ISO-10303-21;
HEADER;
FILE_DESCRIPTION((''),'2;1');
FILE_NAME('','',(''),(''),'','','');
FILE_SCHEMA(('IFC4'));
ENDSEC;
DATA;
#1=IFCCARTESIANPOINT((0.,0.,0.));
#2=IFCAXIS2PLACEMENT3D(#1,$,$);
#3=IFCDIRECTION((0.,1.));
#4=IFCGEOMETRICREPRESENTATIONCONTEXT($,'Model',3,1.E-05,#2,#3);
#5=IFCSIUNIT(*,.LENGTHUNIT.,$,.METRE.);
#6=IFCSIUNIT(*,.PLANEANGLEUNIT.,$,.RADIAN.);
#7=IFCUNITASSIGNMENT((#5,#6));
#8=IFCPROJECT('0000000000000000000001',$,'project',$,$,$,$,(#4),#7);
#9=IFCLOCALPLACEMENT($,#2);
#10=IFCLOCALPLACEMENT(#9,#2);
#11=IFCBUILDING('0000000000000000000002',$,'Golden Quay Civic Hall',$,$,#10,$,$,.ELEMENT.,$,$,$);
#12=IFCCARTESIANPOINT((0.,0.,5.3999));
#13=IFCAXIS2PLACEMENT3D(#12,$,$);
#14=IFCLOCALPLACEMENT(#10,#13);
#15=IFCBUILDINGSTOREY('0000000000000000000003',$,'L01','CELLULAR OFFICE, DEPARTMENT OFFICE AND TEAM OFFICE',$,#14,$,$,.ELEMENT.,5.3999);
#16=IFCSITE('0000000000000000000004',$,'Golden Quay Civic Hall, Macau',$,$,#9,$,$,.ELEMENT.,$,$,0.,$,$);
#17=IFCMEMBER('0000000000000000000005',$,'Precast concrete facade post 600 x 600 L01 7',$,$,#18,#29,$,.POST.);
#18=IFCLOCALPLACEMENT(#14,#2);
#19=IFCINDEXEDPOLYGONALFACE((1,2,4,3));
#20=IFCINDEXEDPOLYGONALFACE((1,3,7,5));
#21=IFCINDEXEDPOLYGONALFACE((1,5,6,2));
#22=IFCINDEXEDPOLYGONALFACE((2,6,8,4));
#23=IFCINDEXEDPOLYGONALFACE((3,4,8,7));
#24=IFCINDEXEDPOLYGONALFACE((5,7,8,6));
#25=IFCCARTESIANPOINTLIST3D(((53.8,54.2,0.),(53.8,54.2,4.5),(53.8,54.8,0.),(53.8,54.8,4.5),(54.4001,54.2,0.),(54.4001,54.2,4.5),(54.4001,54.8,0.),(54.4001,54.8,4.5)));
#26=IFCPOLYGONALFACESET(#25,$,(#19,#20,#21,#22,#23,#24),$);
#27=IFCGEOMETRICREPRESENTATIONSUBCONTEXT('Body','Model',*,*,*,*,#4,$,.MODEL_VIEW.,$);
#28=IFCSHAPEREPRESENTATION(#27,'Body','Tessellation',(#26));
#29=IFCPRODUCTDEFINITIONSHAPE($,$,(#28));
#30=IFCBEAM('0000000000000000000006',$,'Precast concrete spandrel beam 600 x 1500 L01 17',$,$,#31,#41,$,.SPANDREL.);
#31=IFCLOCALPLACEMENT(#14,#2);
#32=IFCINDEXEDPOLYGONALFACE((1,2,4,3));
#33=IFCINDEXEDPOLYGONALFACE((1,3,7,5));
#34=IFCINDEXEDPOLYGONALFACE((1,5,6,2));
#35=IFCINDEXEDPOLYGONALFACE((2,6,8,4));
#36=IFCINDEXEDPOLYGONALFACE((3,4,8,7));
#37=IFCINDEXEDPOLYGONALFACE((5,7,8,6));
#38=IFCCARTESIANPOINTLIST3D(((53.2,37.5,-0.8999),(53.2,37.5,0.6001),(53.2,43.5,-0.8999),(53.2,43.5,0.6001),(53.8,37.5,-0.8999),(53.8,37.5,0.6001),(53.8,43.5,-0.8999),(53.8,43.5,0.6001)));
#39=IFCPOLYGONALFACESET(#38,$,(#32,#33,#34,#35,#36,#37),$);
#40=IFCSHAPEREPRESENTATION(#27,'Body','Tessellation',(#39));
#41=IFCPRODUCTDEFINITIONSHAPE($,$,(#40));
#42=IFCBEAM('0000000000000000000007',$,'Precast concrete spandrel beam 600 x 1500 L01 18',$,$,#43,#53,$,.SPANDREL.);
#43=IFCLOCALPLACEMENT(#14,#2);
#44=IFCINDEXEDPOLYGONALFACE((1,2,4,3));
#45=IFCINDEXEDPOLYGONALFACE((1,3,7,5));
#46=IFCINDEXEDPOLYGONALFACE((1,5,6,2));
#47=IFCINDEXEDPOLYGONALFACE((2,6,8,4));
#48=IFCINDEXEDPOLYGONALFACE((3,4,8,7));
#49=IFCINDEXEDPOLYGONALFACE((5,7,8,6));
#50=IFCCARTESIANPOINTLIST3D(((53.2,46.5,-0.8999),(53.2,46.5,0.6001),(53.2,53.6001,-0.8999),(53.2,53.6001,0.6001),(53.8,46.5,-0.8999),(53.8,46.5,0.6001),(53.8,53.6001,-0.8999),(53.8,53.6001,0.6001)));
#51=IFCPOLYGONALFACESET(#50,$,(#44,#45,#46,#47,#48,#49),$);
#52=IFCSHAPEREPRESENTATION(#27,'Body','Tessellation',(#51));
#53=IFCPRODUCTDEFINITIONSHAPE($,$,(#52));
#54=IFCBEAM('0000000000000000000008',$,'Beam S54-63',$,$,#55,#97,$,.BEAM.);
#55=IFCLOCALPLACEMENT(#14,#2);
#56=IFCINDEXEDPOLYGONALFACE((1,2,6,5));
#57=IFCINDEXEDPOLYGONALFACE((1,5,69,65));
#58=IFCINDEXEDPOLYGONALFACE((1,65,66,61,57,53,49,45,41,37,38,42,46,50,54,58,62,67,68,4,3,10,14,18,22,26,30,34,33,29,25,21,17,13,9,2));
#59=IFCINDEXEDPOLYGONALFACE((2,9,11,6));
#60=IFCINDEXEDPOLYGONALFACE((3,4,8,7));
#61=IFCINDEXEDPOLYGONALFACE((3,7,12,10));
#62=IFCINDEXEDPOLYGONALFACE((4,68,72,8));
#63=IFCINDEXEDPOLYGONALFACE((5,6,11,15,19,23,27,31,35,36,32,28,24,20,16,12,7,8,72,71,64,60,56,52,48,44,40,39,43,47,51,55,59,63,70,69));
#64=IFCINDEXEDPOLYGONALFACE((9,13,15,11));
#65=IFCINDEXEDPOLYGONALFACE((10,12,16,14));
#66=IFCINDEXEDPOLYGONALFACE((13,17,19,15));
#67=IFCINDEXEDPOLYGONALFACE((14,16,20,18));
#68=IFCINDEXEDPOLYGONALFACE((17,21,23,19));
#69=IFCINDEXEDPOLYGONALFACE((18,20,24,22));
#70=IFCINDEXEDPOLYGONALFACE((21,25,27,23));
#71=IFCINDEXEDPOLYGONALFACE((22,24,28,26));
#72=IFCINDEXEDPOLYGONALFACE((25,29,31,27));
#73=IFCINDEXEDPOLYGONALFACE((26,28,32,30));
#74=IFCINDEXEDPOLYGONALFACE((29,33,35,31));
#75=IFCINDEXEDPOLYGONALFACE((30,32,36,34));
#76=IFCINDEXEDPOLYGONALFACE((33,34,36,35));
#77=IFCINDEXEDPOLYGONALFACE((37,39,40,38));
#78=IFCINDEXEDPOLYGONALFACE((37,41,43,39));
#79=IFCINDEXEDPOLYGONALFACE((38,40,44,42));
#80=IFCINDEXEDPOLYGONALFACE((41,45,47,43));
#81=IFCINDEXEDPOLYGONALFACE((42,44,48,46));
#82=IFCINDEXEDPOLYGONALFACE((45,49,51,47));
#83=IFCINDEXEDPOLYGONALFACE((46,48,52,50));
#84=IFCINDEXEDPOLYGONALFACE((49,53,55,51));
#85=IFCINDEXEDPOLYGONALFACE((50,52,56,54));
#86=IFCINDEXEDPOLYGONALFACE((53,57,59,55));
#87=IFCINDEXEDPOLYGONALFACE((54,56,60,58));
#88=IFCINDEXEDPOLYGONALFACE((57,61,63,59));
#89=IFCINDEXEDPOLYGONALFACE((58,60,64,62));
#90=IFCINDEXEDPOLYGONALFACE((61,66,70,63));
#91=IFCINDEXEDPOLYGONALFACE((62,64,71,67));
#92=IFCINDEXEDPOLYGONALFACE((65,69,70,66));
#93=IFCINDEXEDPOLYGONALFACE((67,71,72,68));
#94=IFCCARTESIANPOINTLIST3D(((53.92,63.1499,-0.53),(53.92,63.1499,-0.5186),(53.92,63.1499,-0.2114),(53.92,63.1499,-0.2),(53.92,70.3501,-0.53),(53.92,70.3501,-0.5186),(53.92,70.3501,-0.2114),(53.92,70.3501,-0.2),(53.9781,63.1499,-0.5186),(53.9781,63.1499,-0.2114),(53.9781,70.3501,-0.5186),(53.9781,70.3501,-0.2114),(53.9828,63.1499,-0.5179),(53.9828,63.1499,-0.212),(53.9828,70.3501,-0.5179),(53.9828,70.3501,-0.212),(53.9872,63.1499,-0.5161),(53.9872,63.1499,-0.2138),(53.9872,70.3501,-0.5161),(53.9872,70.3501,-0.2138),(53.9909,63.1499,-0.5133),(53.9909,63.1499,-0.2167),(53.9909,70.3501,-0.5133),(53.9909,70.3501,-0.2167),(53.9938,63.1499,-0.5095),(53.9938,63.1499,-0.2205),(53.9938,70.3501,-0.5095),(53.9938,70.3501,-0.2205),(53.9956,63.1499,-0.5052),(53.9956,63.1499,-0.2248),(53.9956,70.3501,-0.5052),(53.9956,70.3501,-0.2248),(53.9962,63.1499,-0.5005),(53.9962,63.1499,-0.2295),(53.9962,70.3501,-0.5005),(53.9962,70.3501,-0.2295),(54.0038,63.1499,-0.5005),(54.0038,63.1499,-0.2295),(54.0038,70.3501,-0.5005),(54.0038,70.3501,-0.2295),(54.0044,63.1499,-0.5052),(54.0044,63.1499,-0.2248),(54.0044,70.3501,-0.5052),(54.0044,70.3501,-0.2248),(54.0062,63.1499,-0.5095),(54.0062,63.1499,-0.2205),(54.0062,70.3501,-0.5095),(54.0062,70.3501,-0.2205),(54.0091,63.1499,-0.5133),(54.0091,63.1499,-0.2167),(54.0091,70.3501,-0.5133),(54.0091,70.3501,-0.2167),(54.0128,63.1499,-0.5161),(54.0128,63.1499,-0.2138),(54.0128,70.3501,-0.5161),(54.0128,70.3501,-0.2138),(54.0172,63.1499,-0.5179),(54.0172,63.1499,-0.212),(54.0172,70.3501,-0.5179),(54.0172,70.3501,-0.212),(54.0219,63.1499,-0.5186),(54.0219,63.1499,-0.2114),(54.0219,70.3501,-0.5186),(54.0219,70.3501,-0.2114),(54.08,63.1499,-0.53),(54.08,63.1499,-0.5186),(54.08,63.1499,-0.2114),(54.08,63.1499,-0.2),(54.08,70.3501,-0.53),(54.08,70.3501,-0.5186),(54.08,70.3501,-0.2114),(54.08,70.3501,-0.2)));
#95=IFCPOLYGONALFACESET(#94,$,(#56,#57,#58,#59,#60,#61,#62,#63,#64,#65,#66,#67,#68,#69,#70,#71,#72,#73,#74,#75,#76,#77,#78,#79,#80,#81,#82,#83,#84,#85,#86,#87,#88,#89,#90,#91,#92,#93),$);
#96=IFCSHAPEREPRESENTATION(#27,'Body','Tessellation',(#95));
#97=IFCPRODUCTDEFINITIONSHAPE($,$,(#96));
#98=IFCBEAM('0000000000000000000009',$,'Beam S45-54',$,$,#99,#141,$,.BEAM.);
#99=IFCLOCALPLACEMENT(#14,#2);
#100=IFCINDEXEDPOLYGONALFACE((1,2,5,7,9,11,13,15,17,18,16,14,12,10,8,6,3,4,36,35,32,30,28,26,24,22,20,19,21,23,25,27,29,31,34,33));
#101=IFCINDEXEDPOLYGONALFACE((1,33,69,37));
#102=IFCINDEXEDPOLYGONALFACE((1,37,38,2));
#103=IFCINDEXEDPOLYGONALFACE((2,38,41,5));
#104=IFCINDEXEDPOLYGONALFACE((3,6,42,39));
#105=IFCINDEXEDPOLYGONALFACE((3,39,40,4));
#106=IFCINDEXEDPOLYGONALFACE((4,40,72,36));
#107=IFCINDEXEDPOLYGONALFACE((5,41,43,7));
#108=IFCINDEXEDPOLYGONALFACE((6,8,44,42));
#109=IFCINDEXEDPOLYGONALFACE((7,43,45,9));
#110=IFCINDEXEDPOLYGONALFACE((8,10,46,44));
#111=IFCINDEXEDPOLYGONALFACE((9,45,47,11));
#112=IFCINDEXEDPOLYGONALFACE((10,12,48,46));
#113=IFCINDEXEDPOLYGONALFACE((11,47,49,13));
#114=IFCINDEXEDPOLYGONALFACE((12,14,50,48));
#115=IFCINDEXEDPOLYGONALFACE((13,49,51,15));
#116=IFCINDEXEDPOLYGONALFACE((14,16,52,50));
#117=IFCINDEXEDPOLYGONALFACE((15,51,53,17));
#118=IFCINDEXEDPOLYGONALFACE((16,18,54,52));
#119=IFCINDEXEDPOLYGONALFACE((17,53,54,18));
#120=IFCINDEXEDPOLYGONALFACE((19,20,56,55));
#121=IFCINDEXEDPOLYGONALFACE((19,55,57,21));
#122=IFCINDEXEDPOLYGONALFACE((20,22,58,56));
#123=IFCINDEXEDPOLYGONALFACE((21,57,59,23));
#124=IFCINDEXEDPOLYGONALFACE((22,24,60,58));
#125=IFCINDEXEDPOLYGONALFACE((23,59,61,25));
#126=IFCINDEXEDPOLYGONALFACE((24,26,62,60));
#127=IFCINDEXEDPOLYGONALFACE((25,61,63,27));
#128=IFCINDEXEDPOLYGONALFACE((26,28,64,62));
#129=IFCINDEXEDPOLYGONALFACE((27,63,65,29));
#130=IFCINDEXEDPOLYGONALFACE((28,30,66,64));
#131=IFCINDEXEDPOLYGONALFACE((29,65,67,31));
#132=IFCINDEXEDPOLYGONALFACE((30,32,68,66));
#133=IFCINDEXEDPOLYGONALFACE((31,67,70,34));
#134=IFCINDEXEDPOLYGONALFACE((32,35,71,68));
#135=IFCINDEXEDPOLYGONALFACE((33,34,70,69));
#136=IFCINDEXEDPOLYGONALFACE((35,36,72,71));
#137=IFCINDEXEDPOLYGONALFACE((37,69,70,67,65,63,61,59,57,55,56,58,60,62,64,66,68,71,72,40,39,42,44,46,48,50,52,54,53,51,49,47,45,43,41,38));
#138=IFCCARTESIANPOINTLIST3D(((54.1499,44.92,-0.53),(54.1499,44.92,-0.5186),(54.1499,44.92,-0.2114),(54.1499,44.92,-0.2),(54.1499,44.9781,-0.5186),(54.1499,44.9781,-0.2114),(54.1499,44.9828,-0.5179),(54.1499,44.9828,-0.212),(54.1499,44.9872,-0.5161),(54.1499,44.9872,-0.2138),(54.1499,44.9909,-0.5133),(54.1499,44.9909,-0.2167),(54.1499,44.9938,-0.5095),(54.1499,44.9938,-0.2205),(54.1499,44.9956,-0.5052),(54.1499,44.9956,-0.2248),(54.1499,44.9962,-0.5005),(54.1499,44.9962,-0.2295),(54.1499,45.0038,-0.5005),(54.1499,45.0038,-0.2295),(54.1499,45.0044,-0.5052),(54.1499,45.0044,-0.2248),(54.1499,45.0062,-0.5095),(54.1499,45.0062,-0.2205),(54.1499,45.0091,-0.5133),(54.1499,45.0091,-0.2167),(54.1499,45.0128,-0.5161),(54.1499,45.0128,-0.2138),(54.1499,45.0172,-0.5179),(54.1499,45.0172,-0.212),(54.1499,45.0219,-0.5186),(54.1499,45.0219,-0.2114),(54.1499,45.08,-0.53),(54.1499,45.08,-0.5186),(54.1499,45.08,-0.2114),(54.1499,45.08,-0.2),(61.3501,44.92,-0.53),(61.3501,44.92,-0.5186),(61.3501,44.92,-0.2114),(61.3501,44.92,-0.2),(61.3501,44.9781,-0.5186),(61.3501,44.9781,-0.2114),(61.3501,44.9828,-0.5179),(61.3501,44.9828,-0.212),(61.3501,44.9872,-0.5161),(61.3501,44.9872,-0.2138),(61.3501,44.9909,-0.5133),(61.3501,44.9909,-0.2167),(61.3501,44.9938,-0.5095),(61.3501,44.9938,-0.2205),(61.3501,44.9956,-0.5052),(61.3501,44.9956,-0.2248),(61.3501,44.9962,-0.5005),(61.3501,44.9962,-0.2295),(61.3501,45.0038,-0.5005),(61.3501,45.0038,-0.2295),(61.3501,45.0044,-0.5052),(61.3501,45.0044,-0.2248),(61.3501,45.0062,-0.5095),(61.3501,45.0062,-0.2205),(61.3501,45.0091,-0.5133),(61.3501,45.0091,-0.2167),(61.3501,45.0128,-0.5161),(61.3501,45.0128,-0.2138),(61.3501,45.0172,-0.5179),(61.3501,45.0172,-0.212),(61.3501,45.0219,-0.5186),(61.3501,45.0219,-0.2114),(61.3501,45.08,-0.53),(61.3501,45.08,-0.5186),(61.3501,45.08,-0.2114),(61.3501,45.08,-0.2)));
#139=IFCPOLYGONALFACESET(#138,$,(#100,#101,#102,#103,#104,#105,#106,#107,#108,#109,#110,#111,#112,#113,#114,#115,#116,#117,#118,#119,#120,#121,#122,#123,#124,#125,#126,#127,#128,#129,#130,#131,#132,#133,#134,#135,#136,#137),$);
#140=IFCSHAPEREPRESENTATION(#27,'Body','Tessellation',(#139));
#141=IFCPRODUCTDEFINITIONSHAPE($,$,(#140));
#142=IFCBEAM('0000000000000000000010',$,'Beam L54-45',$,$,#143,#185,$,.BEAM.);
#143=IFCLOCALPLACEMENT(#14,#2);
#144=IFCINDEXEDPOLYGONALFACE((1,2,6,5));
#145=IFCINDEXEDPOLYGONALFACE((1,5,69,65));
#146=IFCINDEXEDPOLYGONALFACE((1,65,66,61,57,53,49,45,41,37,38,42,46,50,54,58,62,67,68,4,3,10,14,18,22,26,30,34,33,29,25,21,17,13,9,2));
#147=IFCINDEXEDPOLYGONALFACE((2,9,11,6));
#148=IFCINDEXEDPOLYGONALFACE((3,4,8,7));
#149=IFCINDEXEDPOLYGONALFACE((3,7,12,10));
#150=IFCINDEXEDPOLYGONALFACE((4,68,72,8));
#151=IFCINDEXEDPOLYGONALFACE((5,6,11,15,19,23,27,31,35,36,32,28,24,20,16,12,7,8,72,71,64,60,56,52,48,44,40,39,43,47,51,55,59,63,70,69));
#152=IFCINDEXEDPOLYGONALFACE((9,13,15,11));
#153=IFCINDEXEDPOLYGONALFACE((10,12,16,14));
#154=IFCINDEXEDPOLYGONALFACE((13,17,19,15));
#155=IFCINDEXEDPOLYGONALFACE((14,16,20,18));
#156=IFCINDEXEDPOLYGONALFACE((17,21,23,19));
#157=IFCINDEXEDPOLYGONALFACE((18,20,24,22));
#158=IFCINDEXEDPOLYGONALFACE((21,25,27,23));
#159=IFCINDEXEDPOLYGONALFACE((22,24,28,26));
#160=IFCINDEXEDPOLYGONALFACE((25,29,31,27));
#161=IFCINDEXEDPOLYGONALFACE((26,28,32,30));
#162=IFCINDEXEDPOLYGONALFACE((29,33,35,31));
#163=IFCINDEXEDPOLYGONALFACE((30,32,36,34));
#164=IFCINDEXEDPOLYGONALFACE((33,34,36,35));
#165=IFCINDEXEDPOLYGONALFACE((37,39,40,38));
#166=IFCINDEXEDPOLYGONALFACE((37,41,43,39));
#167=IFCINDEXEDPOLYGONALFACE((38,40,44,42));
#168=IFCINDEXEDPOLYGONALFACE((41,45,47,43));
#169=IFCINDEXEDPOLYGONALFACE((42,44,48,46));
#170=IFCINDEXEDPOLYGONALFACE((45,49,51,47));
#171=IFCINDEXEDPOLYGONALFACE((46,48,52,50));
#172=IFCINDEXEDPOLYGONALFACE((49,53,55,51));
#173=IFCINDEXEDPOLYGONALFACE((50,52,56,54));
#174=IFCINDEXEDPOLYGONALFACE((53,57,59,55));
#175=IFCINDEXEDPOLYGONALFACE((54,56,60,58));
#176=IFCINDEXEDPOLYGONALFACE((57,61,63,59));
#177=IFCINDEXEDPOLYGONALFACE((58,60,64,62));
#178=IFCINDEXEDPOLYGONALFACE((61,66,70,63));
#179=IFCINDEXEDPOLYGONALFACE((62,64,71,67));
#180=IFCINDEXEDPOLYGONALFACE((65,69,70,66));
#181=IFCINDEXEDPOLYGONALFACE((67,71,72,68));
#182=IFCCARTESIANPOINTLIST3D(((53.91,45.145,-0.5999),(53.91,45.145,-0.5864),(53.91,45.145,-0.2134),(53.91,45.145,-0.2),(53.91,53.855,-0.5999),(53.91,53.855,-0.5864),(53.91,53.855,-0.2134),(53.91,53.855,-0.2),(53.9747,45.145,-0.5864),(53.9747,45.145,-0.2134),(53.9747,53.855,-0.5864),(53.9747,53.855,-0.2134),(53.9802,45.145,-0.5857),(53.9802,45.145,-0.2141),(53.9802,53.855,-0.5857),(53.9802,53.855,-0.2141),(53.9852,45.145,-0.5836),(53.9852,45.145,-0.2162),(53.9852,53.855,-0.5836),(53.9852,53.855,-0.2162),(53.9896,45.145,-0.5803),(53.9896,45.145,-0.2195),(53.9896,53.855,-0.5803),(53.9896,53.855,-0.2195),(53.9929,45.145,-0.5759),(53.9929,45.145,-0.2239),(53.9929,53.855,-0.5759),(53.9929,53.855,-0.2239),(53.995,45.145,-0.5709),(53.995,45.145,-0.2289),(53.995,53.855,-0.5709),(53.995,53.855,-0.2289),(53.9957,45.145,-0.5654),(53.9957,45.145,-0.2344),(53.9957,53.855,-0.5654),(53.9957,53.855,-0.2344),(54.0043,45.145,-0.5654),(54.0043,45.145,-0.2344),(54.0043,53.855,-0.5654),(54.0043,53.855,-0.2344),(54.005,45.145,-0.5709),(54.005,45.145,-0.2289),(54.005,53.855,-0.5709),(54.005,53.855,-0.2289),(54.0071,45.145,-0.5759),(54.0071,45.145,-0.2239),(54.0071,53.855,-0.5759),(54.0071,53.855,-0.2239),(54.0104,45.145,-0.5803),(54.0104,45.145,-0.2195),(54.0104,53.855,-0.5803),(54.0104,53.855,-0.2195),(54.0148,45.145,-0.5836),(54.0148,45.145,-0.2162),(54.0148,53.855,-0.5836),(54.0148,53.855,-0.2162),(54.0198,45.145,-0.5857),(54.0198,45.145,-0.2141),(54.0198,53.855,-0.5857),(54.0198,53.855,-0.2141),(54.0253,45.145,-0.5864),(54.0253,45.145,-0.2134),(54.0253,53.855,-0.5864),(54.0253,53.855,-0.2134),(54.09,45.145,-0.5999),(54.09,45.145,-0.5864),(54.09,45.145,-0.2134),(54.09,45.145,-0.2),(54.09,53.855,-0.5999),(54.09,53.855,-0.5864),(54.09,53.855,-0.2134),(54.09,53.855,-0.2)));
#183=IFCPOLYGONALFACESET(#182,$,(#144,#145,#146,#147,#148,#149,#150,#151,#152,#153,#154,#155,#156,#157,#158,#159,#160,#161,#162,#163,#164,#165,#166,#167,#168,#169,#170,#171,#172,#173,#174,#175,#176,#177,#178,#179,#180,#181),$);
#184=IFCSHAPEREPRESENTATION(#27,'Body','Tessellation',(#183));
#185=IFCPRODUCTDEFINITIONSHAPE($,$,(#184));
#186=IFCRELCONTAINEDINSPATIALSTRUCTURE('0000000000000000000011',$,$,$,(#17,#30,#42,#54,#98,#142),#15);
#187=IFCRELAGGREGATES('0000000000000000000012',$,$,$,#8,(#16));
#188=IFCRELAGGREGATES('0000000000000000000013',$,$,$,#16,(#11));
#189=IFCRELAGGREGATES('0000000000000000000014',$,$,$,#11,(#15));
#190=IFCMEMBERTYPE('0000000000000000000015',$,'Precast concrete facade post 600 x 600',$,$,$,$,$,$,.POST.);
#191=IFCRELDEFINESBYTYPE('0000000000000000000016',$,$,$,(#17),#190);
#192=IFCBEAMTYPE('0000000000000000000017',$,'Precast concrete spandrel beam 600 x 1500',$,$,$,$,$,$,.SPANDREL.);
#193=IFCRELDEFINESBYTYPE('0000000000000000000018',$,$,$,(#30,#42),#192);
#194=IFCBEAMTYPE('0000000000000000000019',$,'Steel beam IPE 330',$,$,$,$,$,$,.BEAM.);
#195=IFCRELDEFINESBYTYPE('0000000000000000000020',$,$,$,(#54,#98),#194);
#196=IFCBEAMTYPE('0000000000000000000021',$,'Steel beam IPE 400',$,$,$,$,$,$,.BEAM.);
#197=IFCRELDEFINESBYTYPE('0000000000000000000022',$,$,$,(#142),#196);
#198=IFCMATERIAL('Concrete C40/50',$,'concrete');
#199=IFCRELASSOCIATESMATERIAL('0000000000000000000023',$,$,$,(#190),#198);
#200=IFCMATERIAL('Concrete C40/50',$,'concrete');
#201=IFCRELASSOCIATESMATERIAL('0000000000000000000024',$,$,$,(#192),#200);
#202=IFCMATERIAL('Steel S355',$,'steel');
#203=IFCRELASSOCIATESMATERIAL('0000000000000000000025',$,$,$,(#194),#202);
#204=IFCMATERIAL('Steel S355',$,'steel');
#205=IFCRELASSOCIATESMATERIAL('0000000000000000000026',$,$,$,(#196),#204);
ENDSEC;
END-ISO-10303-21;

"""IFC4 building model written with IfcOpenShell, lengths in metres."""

from ifc_helpers import new_model, si_unit, direction, frame, origin, origin_2d, place, context, subcontext, project, spatial, rectangle, i_section, extrude, material, material_profile, profile_set, type_object, element, save


model = new_model("IFC4")

# Units and contexts
model_context = context("Model", 3, precision=1e-05, world=origin(), true_north=direction((0.0, 1.0)))
body_context = subcontext(model_context, "Body", "Model", "MODEL_VIEW")
ifc_project = project(units=[si_unit("LENGTHUNIT", "METRE"), si_unit("PLANEANGLEUNIT", "RADIAN")], contexts=[model_context])

# Site, building, storey
site_placement = place(None, origin())
site = spatial("IfcSite", under=ifc_project, at=site_placement, Name="Golden Quay Civic Hall, Macau", CompositionType="ELEMENT", RefElevation=0.0)
building_placement = place(site_placement, origin())
building = spatial("IfcBuilding", under=site, at=building_placement, Name="Golden Quay Civic Hall", CompositionType="ELEMENT")
storey_placement = place(building_placement, frame((0.0, 0.0, 5.3999)))
storey = spatial("IfcBuildingStorey", under=building, at=storey_placement, Name="L01", Description="CELLULAR OFFICE, DEPARTMENT OFFICE AND TEAM OFFICE", CompositionType="ELEMENT", Elevation=5.3999)

# Member
ifc_material_1 = material(Name="Concrete C40/50", Category="concrete")
ifc_material_profile_1 = material_profile(ifc_material_1, rectangle(XDim=0.6001, YDim=0.6001, at=origin_2d()), Name="RC 600x600")
ifc_profile_set_1 = profile_set([ifc_material_profile_1], Name="Concrete C40/50")
member_type_1 = type_object("IfcMemberType", Name="Precast concrete facade post 600 x 600", PredefinedType="POST", material=ifc_profile_set_1)
for number, where, z_axis, x_axis, name in (
    (1, (54.1001, 54.5, 0.0), (0.0, 0.0, 1.0), (1.0, 0.0, 0.0), "Precast concrete facade post 600 x 600 L01 7"),
):
    element("IfcMember", number, at=place(storey_placement, frame(where, z_axis=z_axis, x_axis=x_axis)), inside=storey, type_object=member_type_1, Name=name, PredefinedType="POST", context=body_context, shape_type="SweptSolid", body=[
        extrude(rectangle(XDim=0.6001, YDim=0.6001, at=origin_2d()), origin(), (0.0, 0.0, 1.0), 4.5),
    ])

# Beams
ifc_material_2 = material(Name="Concrete C40/50", Category="concrete")
ifc_material_profile_2 = material_profile(ifc_material_2, rectangle(XDim=0.6001, YDim=1.5, at=origin_2d()), Name="RC 600x1500")
ifc_profile_set_2 = profile_set([ifc_material_profile_2], Name="Concrete C40/50")
beam_type_1 = type_object("IfcBeamType", Name="Precast concrete spandrel beam 600 x 1500", PredefinedType="SPANDREL", material=ifc_profile_set_2)
beam_1_placement = place(storey_placement, frame((53.5, 37.5, -0.1499), z_axis=(0.0, 1.0, 0.0), x_axis=(-1.0, 0.0, 0.0)))
element("IfcBeam", 2, at=beam_1_placement, inside=storey, type_object=beam_type_1, Name="Precast concrete spandrel beam 600 x 1500 L01 17", PredefinedType="SPANDREL", context=body_context, shape_type="SweptSolid", body=[
    extrude(rectangle(XDim=0.6001, YDim=1.5, at=origin_2d()), origin(), (0.0, 0.0, 1.0), 6.0),
])
beam_2_placement = place(storey_placement, frame((53.5, 46.5, -0.1499), z_axis=(0.0, 1.0, 0.0), x_axis=(-1.0, 0.0, 0.0)))
element("IfcBeam", 3, at=beam_2_placement, inside=storey, type_object=beam_type_1, Name="Precast concrete spandrel beam 600 x 1500 L01 18", PredefinedType="SPANDREL", context=body_context, shape_type="SweptSolid", body=[
    extrude(rectangle(XDim=0.6001, YDim=1.5, at=origin_2d()), origin(), (0.0, 0.0, 1.0), 7.1001),
])
ifc_material_3 = material(Name="Steel S355", Category="steel")
ifc_material_profile_3 = material_profile(ifc_material_3, i_section(OverallWidth=0.1599, OverallDepth=0.3301, WebThickness=0.0076, FlangeThickness=0.0115, FilletRadius=0.0181, at=origin_2d()), Name="IPE 330")
ifc_profile_set_3 = profile_set([ifc_material_profile_3], Name="Steel S355")
beam_type_2 = type_object("IfcBeamType", Name="Steel beam IPE 330", PredefinedType="BEAM", material=ifc_profile_set_3)
for number, where, z_axis, x_axis, name in (
    (4, (54.0, 63.1499, -0.365), (0.0, 1.0, 0.0), (-1.0, 0.0, 0.0), "Beam S54-63"),
    (5, (54.1499, 45.0, -0.365), (1.0, 0.0, 0.0), (0.0, 1.0, 0.0), "Beam S45-54"),
):
    element("IfcBeam", number, at=place(storey_placement, frame(where, z_axis=z_axis, x_axis=x_axis)), inside=storey, type_object=beam_type_2, Name=name, PredefinedType="BEAM", context=body_context, shape_type="SweptSolid", body=[
        extrude(i_section(OverallWidth=0.1599, OverallDepth=0.3301, WebThickness=0.0076, FlangeThickness=0.0115, FilletRadius=0.0181, at=origin_2d()), origin(), (0.0, 0.0, 1.0), 7.2002),
    ])
ifc_material_4 = material(Name="Steel S355", Category="steel")
ifc_material_profile_4 = material_profile(ifc_material_4, i_section(OverallWidth=0.1799, OverallDepth=0.3999, WebThickness=0.0085, FlangeThickness=0.0134, FilletRadius=0.021, at=origin_2d()), Name="IPE 400")
ifc_profile_set_4 = profile_set([ifc_material_profile_4], Name="Steel S355")
beam_type_3 = type_object("IfcBeamType", Name="Steel beam IPE 400", PredefinedType="BEAM", material=ifc_profile_set_4)
beam_3_placement = place(storey_placement, frame((54.0, 45.145, -0.3999), z_axis=(0.0, 1.0, 0.0), x_axis=(-1.0, 0.0, 0.0)))
element("IfcBeam", 6, at=beam_3_placement, inside=storey, type_object=beam_type_3, Name="Beam L54-45", PredefinedType="BEAM", context=body_context, shape_type="SweptSolid", body=[
    extrude(i_section(OverallWidth=0.1799, OverallDepth=0.3999, WebThickness=0.0085, FlangeThickness=0.0134, FilletRadius=0.021, at=origin_2d()), origin(), (0.0, 0.0, 1.0), 8.71),
])

save(model, "model.ifc")
